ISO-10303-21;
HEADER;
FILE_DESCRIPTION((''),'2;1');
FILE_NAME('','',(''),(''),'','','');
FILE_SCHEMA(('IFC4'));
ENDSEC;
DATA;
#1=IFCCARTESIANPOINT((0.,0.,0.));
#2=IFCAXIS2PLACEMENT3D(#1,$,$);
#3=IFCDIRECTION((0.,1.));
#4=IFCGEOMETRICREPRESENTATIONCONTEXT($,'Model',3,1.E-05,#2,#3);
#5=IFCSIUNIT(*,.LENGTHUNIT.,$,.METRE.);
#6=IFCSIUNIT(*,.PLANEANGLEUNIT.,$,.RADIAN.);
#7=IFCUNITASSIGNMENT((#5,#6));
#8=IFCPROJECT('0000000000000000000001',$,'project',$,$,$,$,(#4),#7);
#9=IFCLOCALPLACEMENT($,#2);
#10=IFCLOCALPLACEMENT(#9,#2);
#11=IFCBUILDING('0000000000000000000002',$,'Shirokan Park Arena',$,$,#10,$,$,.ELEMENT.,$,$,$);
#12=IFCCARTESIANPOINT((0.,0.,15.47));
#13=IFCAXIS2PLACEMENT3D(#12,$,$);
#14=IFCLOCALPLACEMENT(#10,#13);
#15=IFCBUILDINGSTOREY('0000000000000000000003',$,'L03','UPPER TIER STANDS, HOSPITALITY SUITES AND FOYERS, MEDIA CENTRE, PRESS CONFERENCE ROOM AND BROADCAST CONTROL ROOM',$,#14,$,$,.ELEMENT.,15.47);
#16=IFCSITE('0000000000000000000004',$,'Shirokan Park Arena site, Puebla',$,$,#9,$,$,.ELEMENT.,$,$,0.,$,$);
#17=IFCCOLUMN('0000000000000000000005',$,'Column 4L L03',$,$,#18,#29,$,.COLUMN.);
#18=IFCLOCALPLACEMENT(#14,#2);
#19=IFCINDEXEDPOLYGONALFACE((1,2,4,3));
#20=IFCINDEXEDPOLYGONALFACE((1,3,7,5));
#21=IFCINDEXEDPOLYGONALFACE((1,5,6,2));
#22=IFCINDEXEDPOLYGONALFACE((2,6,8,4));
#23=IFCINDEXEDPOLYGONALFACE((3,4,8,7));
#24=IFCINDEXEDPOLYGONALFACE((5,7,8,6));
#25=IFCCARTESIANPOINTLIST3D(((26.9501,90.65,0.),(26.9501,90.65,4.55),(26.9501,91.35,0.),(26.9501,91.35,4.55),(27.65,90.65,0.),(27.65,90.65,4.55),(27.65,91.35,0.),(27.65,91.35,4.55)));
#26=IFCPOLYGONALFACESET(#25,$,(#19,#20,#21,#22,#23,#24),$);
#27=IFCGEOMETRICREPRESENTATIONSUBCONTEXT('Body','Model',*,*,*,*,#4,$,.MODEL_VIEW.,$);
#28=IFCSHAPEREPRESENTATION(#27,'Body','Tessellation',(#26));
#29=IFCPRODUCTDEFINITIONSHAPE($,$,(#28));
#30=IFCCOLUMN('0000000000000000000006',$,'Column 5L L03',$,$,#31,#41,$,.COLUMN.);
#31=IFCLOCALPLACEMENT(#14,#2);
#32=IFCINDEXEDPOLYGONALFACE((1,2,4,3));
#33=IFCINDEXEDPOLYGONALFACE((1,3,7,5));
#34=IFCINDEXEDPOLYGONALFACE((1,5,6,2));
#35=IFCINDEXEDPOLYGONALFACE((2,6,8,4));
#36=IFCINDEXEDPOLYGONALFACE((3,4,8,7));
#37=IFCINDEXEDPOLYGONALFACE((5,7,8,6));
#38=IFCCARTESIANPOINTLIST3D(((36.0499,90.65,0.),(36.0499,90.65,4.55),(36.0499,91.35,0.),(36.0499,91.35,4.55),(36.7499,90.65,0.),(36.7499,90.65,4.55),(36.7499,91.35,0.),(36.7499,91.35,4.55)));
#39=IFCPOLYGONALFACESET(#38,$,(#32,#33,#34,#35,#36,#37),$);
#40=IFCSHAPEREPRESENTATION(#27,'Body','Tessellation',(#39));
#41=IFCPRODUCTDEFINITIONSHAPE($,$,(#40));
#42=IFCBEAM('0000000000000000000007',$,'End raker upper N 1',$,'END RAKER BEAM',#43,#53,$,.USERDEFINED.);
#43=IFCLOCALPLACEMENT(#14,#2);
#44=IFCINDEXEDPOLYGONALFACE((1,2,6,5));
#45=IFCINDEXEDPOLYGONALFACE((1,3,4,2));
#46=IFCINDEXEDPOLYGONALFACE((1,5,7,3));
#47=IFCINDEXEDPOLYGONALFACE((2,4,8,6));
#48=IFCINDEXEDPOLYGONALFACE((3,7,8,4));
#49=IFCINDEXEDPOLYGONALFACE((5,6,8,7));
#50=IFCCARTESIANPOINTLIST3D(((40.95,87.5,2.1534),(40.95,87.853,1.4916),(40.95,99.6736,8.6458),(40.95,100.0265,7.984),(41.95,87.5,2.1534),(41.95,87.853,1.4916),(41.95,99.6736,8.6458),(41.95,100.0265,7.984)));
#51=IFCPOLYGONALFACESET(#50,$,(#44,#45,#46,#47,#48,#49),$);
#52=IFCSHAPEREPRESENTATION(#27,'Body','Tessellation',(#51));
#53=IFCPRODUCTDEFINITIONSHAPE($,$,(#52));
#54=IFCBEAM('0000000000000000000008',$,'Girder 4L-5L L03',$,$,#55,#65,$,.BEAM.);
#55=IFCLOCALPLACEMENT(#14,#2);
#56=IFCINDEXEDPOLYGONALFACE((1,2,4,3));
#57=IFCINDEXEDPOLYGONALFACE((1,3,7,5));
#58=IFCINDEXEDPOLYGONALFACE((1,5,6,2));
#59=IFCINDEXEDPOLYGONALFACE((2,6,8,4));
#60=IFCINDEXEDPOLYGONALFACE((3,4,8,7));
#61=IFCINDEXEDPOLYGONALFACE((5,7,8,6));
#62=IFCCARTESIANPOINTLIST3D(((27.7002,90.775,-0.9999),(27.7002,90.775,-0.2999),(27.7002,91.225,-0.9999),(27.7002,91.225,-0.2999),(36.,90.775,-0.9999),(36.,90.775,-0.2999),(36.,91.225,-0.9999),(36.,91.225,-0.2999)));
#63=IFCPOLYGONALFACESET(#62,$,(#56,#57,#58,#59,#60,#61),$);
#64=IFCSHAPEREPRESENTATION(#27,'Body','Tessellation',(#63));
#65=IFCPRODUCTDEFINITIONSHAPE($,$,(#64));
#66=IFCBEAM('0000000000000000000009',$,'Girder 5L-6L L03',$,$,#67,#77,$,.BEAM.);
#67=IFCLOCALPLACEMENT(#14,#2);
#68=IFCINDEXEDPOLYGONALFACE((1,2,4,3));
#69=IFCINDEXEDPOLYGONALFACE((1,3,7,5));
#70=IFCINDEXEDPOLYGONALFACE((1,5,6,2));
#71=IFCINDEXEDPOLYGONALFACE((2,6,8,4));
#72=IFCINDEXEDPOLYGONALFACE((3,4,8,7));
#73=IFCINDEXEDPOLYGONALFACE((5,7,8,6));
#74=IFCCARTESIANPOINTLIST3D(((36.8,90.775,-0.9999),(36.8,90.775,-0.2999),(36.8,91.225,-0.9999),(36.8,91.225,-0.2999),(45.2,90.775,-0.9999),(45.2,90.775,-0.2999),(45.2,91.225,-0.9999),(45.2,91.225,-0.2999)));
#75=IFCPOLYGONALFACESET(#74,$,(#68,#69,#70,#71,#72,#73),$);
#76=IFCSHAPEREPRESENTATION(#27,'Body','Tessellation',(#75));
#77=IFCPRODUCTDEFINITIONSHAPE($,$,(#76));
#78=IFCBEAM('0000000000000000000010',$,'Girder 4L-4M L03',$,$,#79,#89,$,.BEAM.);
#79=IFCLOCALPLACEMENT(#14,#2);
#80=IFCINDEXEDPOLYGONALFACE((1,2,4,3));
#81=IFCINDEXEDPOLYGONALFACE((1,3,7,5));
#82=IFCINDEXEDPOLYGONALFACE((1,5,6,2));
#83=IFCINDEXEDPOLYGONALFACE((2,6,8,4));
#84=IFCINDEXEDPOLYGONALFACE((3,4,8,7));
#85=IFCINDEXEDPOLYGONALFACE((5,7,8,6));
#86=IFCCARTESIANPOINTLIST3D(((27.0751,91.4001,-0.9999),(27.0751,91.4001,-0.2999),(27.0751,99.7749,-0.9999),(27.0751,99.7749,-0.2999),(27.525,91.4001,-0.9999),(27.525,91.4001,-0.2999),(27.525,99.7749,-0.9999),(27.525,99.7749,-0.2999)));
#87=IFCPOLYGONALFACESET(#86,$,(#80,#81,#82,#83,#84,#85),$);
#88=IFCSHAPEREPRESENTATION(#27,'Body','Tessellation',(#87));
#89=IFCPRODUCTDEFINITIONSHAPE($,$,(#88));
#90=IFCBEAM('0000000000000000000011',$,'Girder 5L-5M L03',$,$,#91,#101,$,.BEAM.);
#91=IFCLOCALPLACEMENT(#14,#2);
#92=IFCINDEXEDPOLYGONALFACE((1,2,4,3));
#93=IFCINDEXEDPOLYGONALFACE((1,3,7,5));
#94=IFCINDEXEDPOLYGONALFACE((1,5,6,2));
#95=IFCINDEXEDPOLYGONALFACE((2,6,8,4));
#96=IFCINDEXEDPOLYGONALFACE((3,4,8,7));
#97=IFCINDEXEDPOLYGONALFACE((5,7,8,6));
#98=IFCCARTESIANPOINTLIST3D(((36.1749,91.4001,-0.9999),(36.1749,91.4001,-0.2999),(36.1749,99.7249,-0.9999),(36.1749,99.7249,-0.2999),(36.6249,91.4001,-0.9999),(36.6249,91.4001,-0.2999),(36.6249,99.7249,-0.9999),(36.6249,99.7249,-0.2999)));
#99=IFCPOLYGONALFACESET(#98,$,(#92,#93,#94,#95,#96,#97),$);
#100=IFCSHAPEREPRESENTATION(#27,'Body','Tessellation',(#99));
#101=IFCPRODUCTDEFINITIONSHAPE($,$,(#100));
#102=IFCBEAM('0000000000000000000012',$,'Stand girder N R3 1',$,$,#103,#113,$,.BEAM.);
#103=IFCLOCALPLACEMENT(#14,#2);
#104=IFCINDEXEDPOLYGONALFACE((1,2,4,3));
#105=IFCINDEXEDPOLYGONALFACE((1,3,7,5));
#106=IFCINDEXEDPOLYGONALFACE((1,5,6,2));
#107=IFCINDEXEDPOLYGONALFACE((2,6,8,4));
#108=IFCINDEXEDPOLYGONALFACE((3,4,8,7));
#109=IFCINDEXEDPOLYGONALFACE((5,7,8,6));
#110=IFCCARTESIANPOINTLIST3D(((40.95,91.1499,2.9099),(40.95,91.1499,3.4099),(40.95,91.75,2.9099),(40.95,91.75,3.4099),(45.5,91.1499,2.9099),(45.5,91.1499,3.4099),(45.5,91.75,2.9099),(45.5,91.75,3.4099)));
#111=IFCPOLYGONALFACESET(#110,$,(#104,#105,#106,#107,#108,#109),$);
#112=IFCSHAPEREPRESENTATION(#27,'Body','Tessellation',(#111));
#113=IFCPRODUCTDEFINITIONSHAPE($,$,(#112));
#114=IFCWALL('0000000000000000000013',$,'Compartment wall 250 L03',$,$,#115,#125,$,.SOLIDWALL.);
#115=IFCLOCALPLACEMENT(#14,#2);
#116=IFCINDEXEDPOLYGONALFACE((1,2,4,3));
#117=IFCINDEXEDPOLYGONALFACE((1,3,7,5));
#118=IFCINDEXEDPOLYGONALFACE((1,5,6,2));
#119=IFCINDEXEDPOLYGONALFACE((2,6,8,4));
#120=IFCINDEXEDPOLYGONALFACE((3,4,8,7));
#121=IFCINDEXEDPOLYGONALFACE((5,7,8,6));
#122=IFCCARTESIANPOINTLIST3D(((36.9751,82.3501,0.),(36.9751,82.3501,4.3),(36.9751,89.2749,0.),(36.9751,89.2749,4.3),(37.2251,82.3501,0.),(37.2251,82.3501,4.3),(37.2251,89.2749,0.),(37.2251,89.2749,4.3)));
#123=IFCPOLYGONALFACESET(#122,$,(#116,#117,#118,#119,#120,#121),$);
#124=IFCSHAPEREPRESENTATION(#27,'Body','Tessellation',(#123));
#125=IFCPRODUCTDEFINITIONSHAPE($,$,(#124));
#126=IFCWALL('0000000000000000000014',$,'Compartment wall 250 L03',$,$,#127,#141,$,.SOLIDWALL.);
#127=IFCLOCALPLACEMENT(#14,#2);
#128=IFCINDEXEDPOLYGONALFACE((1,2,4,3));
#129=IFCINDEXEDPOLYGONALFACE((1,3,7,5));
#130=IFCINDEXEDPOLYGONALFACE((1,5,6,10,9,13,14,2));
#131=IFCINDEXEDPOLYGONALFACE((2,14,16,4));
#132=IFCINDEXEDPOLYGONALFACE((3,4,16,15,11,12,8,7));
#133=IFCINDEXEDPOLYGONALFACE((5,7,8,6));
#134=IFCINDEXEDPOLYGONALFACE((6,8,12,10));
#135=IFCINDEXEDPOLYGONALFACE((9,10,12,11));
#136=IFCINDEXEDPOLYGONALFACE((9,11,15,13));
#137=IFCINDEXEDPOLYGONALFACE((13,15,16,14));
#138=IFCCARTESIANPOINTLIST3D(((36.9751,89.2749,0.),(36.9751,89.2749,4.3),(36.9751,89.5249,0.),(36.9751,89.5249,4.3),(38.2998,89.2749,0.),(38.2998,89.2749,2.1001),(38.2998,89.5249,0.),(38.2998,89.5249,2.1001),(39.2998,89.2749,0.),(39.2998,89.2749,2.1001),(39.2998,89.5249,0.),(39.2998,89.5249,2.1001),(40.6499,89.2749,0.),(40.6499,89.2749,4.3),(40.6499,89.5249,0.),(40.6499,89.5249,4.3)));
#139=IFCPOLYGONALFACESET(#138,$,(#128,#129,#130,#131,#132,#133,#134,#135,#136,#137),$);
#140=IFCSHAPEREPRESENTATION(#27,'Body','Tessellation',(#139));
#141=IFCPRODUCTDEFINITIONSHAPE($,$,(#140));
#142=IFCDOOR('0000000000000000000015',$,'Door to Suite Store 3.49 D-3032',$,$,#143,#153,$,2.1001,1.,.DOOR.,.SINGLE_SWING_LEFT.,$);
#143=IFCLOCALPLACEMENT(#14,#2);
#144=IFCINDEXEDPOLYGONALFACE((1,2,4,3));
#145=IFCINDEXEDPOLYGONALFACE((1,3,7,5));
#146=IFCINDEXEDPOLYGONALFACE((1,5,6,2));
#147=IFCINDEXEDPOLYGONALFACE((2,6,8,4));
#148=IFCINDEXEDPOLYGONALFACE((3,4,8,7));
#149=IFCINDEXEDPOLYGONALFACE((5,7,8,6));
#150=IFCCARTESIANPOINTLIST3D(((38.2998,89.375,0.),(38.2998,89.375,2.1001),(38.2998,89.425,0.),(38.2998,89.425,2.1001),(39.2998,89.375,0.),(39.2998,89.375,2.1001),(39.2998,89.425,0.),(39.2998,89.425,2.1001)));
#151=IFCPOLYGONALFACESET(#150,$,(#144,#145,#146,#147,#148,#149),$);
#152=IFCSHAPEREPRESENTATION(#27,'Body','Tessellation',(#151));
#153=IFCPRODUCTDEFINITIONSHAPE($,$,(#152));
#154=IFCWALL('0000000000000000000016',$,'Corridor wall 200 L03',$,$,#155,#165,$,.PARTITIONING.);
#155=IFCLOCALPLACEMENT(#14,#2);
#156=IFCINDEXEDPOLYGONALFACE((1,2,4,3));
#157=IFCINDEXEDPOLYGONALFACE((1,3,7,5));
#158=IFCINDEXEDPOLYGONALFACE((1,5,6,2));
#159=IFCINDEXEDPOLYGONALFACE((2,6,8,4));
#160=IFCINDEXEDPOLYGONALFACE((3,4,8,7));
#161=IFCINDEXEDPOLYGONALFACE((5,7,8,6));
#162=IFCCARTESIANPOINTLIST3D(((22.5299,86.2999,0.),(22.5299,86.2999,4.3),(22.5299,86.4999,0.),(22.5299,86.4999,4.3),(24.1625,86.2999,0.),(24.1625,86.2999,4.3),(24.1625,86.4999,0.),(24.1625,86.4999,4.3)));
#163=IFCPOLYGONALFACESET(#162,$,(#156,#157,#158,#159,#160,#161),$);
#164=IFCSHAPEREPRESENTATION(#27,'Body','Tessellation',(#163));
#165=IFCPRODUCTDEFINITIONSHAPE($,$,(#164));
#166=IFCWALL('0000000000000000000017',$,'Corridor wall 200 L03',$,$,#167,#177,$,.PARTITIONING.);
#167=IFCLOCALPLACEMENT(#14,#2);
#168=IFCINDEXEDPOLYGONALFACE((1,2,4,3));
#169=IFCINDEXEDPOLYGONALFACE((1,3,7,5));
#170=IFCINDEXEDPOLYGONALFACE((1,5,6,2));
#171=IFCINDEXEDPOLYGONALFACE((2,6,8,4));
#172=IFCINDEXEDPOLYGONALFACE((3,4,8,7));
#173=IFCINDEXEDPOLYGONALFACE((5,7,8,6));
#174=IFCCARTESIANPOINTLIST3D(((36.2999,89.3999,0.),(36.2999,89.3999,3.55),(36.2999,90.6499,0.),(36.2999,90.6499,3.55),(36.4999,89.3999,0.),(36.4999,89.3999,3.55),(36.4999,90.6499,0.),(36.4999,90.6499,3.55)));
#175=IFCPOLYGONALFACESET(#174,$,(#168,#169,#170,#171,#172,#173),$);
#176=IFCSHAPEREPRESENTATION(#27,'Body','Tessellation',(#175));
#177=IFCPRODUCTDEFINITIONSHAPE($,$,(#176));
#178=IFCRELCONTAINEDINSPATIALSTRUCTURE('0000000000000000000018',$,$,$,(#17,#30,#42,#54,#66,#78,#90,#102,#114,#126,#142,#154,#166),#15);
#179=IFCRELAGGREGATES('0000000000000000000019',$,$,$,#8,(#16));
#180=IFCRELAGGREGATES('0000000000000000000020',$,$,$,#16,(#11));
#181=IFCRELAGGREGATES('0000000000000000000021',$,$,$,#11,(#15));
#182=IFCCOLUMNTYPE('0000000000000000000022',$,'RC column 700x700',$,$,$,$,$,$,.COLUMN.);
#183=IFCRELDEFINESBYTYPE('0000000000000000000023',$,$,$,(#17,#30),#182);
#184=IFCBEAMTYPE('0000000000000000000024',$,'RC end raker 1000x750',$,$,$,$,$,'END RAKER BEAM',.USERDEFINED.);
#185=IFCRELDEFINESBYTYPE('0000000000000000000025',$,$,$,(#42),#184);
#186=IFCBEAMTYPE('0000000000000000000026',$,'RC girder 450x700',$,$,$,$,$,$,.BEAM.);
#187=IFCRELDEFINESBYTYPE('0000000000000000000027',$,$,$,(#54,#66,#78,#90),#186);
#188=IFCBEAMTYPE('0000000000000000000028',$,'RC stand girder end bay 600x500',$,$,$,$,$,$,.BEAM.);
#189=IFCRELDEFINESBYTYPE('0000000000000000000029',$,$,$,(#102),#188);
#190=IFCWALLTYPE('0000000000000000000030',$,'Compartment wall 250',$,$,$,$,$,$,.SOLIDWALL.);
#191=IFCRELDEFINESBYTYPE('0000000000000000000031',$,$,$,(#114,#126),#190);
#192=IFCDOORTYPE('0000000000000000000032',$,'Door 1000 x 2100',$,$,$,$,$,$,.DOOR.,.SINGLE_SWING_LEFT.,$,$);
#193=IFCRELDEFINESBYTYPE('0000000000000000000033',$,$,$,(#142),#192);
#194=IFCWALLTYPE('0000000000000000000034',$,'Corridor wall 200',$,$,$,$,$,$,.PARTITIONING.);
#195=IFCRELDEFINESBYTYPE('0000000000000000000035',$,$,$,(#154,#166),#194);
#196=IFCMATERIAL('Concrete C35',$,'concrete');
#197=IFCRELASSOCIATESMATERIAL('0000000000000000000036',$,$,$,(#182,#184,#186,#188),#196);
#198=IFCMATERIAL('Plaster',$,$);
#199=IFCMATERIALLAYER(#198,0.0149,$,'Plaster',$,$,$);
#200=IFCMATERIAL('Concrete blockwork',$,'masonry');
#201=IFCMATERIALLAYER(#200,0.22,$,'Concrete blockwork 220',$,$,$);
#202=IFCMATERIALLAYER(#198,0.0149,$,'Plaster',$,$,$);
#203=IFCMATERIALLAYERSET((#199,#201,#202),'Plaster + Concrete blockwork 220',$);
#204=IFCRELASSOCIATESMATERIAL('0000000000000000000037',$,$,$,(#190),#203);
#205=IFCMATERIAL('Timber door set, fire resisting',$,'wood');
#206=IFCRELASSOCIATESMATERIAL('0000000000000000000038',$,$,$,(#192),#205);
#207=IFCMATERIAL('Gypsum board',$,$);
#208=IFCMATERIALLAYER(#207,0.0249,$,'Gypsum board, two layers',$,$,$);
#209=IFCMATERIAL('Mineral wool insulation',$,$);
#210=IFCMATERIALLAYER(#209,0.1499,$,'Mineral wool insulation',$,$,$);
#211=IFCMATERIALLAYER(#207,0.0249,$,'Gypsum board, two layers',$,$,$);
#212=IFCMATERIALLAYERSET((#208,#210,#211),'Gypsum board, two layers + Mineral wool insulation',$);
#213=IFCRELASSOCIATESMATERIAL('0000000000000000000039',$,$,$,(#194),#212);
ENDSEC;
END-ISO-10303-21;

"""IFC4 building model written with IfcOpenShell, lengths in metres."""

from ifc_helpers import new_model, si_unit, direction, frame, frame_2d, origin, origin_2d, place, context, subcontext, project, spatial, rectangle, extrude, material, layer, layer_set, material_profile, profile_set, type_object, element, fill, save


model = new_model("IFC4")

# Units and contexts
model_context = context("Model", 3, precision=1e-05, world=origin(), true_north=direction((0.0, 1.0)))
body_context = subcontext(model_context, "Body", "Model", "MODEL_VIEW")
ifc_project = project(units=[si_unit("LENGTHUNIT", "METRE"), si_unit("PLANEANGLEUNIT", "RADIAN")], contexts=[model_context])

# Site, building, storey
site_placement = place(None, origin())
site = spatial("IfcSite", under=ifc_project, at=site_placement, Name="Shirokan Park Arena site, Puebla", CompositionType="ELEMENT", RefElevation=0.0)
building_placement = place(site_placement, origin())
building = spatial("IfcBuilding", under=site, at=building_placement, Name="Shirokan Park Arena", CompositionType="ELEMENT")
storey_placement = place(building_placement, frame((0.0, 0.0, 15.47)))
storey = spatial("IfcBuildingStorey", under=building, at=storey_placement, Name="L03", Description="UPPER TIER STANDS, HOSPITALITY SUITES AND FOYERS, MEDIA CENTRE, PRESS CONFERENCE ROOM AND BROADCAST CONTROL ROOM", CompositionType="ELEMENT", Elevation=15.47)

# Columns
ifc_material_1 = material(Name="Concrete C35", Category="concrete")
ifc_material_profile_1 = material_profile(ifc_material_1, rectangle(XDim=0.7, YDim=0.7, at=origin_2d()), Name="700x700")
ifc_profile_set_1 = profile_set([ifc_material_profile_1], Name="Concrete C35")
column_type = type_object("IfcColumnType", Name="RC column 700x700", PredefinedType="COLUMN", material=ifc_profile_set_1)
for number, where, z_axis, x_axis, name in (
    (1, (27.3, 91.0, 0.0), (0.0, 0.0, 1.0), (1.0, 0.0, 0.0), "Column 4L L03"),
    (2, (36.3999, 91.0, 0.0), (0.0, 0.0, 1.0), (1.0, 0.0, 0.0), "Column 5L L03"),
):
    element("IfcColumn", number, at=place(storey_placement, frame(where, z_axis=z_axis, x_axis=x_axis)), inside=storey, type_object=column_type, Name=name, PredefinedType="COLUMN", context=body_context, shape_type="SweptSolid", body=[
        extrude(rectangle(XDim=0.7, YDim=0.7, at=origin_2d()), origin(), (0.0, 0.0, 1.0), 4.55),
    ])

# Beams
ifc_material_profile_2 = material_profile(ifc_material_1, rectangle(XDim=1.0, YDim=0.75, at=origin_2d()), Name="1000x750")
ifc_profile_set_2 = profile_set([ifc_material_profile_2], Name="Concrete C35")
beam_type_1 = type_object("IfcBeamType", Name="RC end raker 1000x750", ElementType="END RAKER BEAM", PredefinedType="USERDEFINED", material=ifc_profile_set_2)
beam_1_placement = place(storey_placement, frame((41.45, 87.6765, 1.8225), z_axis=(0.0, 0.882357, 0.47058), x_axis=(-1.0, 0.0, 0.0)))
element("IfcBeam", 3, at=beam_1_placement, inside=storey, type_object=beam_type_1, Name="End raker upper N 1", ObjectType="END RAKER BEAM", PredefinedType="USERDEFINED", context=body_context, shape_type="SweptSolid", body=[
    extrude(rectangle(XDim=1.0, YDim=0.75, at=origin_2d()), origin(), (0.0, 0.0, 1.0), 13.7966),
])
ifc_material_profile_3 = material_profile(ifc_material_1, rectangle(XDim=0.45, YDim=0.7, at=origin_2d()), Name="450x700")
ifc_profile_set_3 = profile_set([ifc_material_profile_3], Name="Concrete C35")
beam_type_2 = type_object("IfcBeamType", Name="RC girder 450x700", PredefinedType="BEAM", material=ifc_profile_set_3)
beam_2_placement = place(storey_placement, frame((27.7002, 91.0, -0.6499), z_axis=(1.0, 0.0, 0.0), x_axis=(0.0, 1.0, 0.0)))
element("IfcBeam", 4, at=beam_2_placement, inside=storey, type_object=beam_type_2, Name="Girder 4L-5L L03", PredefinedType="BEAM", context=body_context, shape_type="SweptSolid", body=[
    extrude(rectangle(XDim=0.45, YDim=0.7, at=origin_2d()), origin(), (0.0, 0.0, 1.0), 8.2998),
])
beam_3_placement = place(storey_placement, frame((36.8, 91.0, -0.6499), z_axis=(1.0, 0.0, 0.0), x_axis=(0.0, 1.0, 0.0)))
element("IfcBeam", 5, at=beam_3_placement, inside=storey, type_object=beam_type_2, Name="Girder 5L-6L L03", PredefinedType="BEAM", context=body_context, shape_type="SweptSolid", body=[
    extrude(rectangle(XDim=0.45, YDim=0.7, at=origin_2d()), origin(), (0.0, 0.0, 1.0), 8.3999),
])
beam_4_placement = place(storey_placement, frame((27.3, 91.4001, -0.6499), z_axis=(0.0, 1.0, 0.0), x_axis=(-1.0, 0.0, 0.0)))
element("IfcBeam", 6, at=beam_4_placement, inside=storey, type_object=beam_type_2, Name="Girder 4L-4M L03", PredefinedType="BEAM", context=body_context, shape_type="SweptSolid", body=[
    extrude(rectangle(XDim=0.45, YDim=0.7, at=origin_2d()), origin(), (0.0, 0.0, 1.0), 8.3748),
])
beam_5_placement = place(storey_placement, frame((36.3999, 91.4001, -0.6499), z_axis=(0.0, 1.0, 0.0), x_axis=(-1.0, 0.0, 0.0)))
element("IfcBeam", 7, at=beam_5_placement, inside=storey, type_object=beam_type_2, Name="Girder 5L-5M L03", PredefinedType="BEAM", context=body_context, shape_type="SweptSolid", body=[
    extrude(rectangle(XDim=0.45, YDim=0.7, at=origin_2d()), origin(), (0.0, 0.0, 1.0), 8.3247),
])
ifc_material_profile_4 = material_profile(ifc_material_1, rectangle(XDim=0.6001, YDim=0.5, at=origin_2d()), Name="600x500")
ifc_profile_set_4 = profile_set([ifc_material_profile_4], Name="Concrete C35")
beam_type_3 = type_object("IfcBeamType", Name="RC stand girder end bay 600x500", PredefinedType="BEAM", material=ifc_profile_set_4)
beam_6_placement = place(storey_placement, frame((40.95, 91.45, 3.1599), z_axis=(1.0, 0.0, 0.0), x_axis=(0.0, 1.0, 0.0)))
element("IfcBeam", 8, at=beam_6_placement, inside=storey, type_object=beam_type_3, Name="Stand girder N R3 1", PredefinedType="BEAM", context=body_context, shape_type="SweptSolid", body=[
    extrude(rectangle(XDim=0.6001, YDim=0.5, at=origin_2d()), origin(), (0.0, 0.0, 1.0), 4.55),
])

# Wall
ifc_material_2 = material(Name="Plaster")
ifc_layer_1 = layer(ifc_material_2, 0.0149, Name="Plaster")
ifc_material_3 = material(Name="Concrete blockwork", Category="masonry")
ifc_layer_2 = layer(ifc_material_3, 0.22, Name="Concrete blockwork 220")
ifc_layer_3 = layer(ifc_material_2, 0.0149, Name="Plaster")
ifc_layer_set_1 = layer_set([ifc_layer_1, ifc_layer_2, ifc_layer_3], Name="Plaster + Concrete blockwork 220")
wall_type_1 = type_object("IfcWallType", Name="Compartment wall 250", PredefinedType="SOLIDWALL", material=ifc_layer_set_1)
wall_1_placement = place(storey_placement, frame((37.1001, 89.2749, 0.0), z_axis=(0.0, 0.0, 1.0), x_axis=(0.0, -1.0, 0.0)))
element("IfcWall", 9, at=wall_1_placement, inside=storey, type_object=wall_type_1, Name="Compartment wall 250 L03", PredefinedType="SOLIDWALL", context=body_context, shape_type="SweptSolid", body=[
    extrude(rectangle(XDim=6.9248, YDim=0.25, at=frame_2d((3.4624, 0.0))), origin(), (0.0, 0.0, 1.0), 4.3),
])

# Wall, opening, door
wall_2_placement = place(storey_placement, frame((40.6499, 89.3999, 0.0), z_axis=(0.0, 0.0, 1.0), x_axis=(-1.0, 0.0, 0.0)))
wall_2 = element("IfcWall", 10, at=wall_2_placement, inside=storey, type_object=wall_type_1, Name="Compartment wall 250 L03", PredefinedType="SOLIDWALL", context=body_context, shape_type="SweptSolid", body=[
    extrude(rectangle(XDim=3.6748, YDim=0.25, at=frame_2d((1.8374, 0.0))), origin(), (0.0, 0.0, 1.0), 4.3),
])
opening_1_placement = place(wall_2_placement, frame((1.3501, 0.0, 0.0)))
opening_1 = element("IfcOpeningElement", 11, at=opening_1_placement, cuts=wall_2, PredefinedType="OPENING", context=body_context, shape_type="SweptSolid", body=[
    extrude(rectangle(XDim=1.0, YDim=2.1001, at=frame_2d((0.5, 1.05))), frame((0.0, 0.135, 0.0), z_axis=(0.0, -1.0, 0.0), x_axis=(1.0, 0.0, 0.0)), (0.0, 0.0, 1.0), 0.27),
])
ifc_material_4 = material(Name="Timber door set, fire resisting", Category="wood")
door_type_1 = type_object("IfcDoorType", Name="Door 1000 x 2100", OperationType="SINGLE_SWING_LEFT", PredefinedType="DOOR", material=ifc_material_4)
door_1_placement = place(opening_1_placement, origin())
door_1 = element("IfcDoor", 12, at=door_1_placement, inside=storey, type_object=door_type_1, Name="Door to Suite Store 3.49 D-3032", OperationType="SINGLE_SWING_LEFT", OverallHeight=2.1001, OverallWidth=1.0, PredefinedType="DOOR", context=body_context, shape_type="SweptSolid", body=[
    extrude(rectangle(XDim=1.0, YDim=2.1001, at=frame_2d((0.5, 1.05))), frame((0.0, 0.0249, 0.0), z_axis=(0.0, -1.0, 0.0), x_axis=(1.0, 0.0, 0.0)), (0.0, 0.0, 1.0), 0.05),
])
fill(opening_1, door_1)

# Wall
ifc_material_5 = material(Name="Gypsum board")
ifc_layer_4 = layer(ifc_material_5, 0.0249, Name="Gypsum board, two layers")
ifc_material_6 = material(Name="Mineral wool insulation")
ifc_layer_5 = layer(ifc_material_6, 0.1499, Name="Mineral wool insulation")
ifc_layer_6 = layer(ifc_material_5, 0.0249, Name="Gypsum board, two layers")
ifc_layer_set_2 = layer_set([ifc_layer_4, ifc_layer_5, ifc_layer_6], Name="Gypsum board, two layers + Mineral wool insulation")
wall_type_2 = type_object("IfcWallType", Name="Corridor wall 200", PredefinedType="PARTITIONING", material=ifc_layer_set_2)
wall_3_placement = place(storey_placement, frame((24.1626, 86.3999, 0.0), z_axis=(0.0, 0.0, 1.0), x_axis=(-1.0, 0.0, 0.0)))
element("IfcWall", 13, at=wall_3_placement, inside=storey, type_object=wall_type_2, Name="Corridor wall 200 L03", PredefinedType="PARTITIONING", context=body_context, shape_type="SweptSolid", body=[
    extrude(rectangle(XDim=1.6326, YDim=0.2, at=frame_2d((0.8164, 0.0))), origin(), (0.0, 0.0, 1.0), 4.3),
])

# Wall
wall_4_placement = place(storey_placement, frame((36.3999, 90.6499, 0.0), z_axis=(0.0, 0.0, 1.0), x_axis=(0.0, -1.0, 0.0)))
element("IfcWall", 14, at=wall_4_placement, inside=storey, type_object=wall_type_2, Name="Corridor wall 200 L03", PredefinedType="PARTITIONING", context=body_context, shape_type="SweptSolid", body=[
    extrude(rectangle(XDim=1.25, YDim=0.2, at=frame_2d((0.625, 0.0))), origin(), (0.0, 0.0, 1.0), 3.55),
])

save(model, "model.ifc")
